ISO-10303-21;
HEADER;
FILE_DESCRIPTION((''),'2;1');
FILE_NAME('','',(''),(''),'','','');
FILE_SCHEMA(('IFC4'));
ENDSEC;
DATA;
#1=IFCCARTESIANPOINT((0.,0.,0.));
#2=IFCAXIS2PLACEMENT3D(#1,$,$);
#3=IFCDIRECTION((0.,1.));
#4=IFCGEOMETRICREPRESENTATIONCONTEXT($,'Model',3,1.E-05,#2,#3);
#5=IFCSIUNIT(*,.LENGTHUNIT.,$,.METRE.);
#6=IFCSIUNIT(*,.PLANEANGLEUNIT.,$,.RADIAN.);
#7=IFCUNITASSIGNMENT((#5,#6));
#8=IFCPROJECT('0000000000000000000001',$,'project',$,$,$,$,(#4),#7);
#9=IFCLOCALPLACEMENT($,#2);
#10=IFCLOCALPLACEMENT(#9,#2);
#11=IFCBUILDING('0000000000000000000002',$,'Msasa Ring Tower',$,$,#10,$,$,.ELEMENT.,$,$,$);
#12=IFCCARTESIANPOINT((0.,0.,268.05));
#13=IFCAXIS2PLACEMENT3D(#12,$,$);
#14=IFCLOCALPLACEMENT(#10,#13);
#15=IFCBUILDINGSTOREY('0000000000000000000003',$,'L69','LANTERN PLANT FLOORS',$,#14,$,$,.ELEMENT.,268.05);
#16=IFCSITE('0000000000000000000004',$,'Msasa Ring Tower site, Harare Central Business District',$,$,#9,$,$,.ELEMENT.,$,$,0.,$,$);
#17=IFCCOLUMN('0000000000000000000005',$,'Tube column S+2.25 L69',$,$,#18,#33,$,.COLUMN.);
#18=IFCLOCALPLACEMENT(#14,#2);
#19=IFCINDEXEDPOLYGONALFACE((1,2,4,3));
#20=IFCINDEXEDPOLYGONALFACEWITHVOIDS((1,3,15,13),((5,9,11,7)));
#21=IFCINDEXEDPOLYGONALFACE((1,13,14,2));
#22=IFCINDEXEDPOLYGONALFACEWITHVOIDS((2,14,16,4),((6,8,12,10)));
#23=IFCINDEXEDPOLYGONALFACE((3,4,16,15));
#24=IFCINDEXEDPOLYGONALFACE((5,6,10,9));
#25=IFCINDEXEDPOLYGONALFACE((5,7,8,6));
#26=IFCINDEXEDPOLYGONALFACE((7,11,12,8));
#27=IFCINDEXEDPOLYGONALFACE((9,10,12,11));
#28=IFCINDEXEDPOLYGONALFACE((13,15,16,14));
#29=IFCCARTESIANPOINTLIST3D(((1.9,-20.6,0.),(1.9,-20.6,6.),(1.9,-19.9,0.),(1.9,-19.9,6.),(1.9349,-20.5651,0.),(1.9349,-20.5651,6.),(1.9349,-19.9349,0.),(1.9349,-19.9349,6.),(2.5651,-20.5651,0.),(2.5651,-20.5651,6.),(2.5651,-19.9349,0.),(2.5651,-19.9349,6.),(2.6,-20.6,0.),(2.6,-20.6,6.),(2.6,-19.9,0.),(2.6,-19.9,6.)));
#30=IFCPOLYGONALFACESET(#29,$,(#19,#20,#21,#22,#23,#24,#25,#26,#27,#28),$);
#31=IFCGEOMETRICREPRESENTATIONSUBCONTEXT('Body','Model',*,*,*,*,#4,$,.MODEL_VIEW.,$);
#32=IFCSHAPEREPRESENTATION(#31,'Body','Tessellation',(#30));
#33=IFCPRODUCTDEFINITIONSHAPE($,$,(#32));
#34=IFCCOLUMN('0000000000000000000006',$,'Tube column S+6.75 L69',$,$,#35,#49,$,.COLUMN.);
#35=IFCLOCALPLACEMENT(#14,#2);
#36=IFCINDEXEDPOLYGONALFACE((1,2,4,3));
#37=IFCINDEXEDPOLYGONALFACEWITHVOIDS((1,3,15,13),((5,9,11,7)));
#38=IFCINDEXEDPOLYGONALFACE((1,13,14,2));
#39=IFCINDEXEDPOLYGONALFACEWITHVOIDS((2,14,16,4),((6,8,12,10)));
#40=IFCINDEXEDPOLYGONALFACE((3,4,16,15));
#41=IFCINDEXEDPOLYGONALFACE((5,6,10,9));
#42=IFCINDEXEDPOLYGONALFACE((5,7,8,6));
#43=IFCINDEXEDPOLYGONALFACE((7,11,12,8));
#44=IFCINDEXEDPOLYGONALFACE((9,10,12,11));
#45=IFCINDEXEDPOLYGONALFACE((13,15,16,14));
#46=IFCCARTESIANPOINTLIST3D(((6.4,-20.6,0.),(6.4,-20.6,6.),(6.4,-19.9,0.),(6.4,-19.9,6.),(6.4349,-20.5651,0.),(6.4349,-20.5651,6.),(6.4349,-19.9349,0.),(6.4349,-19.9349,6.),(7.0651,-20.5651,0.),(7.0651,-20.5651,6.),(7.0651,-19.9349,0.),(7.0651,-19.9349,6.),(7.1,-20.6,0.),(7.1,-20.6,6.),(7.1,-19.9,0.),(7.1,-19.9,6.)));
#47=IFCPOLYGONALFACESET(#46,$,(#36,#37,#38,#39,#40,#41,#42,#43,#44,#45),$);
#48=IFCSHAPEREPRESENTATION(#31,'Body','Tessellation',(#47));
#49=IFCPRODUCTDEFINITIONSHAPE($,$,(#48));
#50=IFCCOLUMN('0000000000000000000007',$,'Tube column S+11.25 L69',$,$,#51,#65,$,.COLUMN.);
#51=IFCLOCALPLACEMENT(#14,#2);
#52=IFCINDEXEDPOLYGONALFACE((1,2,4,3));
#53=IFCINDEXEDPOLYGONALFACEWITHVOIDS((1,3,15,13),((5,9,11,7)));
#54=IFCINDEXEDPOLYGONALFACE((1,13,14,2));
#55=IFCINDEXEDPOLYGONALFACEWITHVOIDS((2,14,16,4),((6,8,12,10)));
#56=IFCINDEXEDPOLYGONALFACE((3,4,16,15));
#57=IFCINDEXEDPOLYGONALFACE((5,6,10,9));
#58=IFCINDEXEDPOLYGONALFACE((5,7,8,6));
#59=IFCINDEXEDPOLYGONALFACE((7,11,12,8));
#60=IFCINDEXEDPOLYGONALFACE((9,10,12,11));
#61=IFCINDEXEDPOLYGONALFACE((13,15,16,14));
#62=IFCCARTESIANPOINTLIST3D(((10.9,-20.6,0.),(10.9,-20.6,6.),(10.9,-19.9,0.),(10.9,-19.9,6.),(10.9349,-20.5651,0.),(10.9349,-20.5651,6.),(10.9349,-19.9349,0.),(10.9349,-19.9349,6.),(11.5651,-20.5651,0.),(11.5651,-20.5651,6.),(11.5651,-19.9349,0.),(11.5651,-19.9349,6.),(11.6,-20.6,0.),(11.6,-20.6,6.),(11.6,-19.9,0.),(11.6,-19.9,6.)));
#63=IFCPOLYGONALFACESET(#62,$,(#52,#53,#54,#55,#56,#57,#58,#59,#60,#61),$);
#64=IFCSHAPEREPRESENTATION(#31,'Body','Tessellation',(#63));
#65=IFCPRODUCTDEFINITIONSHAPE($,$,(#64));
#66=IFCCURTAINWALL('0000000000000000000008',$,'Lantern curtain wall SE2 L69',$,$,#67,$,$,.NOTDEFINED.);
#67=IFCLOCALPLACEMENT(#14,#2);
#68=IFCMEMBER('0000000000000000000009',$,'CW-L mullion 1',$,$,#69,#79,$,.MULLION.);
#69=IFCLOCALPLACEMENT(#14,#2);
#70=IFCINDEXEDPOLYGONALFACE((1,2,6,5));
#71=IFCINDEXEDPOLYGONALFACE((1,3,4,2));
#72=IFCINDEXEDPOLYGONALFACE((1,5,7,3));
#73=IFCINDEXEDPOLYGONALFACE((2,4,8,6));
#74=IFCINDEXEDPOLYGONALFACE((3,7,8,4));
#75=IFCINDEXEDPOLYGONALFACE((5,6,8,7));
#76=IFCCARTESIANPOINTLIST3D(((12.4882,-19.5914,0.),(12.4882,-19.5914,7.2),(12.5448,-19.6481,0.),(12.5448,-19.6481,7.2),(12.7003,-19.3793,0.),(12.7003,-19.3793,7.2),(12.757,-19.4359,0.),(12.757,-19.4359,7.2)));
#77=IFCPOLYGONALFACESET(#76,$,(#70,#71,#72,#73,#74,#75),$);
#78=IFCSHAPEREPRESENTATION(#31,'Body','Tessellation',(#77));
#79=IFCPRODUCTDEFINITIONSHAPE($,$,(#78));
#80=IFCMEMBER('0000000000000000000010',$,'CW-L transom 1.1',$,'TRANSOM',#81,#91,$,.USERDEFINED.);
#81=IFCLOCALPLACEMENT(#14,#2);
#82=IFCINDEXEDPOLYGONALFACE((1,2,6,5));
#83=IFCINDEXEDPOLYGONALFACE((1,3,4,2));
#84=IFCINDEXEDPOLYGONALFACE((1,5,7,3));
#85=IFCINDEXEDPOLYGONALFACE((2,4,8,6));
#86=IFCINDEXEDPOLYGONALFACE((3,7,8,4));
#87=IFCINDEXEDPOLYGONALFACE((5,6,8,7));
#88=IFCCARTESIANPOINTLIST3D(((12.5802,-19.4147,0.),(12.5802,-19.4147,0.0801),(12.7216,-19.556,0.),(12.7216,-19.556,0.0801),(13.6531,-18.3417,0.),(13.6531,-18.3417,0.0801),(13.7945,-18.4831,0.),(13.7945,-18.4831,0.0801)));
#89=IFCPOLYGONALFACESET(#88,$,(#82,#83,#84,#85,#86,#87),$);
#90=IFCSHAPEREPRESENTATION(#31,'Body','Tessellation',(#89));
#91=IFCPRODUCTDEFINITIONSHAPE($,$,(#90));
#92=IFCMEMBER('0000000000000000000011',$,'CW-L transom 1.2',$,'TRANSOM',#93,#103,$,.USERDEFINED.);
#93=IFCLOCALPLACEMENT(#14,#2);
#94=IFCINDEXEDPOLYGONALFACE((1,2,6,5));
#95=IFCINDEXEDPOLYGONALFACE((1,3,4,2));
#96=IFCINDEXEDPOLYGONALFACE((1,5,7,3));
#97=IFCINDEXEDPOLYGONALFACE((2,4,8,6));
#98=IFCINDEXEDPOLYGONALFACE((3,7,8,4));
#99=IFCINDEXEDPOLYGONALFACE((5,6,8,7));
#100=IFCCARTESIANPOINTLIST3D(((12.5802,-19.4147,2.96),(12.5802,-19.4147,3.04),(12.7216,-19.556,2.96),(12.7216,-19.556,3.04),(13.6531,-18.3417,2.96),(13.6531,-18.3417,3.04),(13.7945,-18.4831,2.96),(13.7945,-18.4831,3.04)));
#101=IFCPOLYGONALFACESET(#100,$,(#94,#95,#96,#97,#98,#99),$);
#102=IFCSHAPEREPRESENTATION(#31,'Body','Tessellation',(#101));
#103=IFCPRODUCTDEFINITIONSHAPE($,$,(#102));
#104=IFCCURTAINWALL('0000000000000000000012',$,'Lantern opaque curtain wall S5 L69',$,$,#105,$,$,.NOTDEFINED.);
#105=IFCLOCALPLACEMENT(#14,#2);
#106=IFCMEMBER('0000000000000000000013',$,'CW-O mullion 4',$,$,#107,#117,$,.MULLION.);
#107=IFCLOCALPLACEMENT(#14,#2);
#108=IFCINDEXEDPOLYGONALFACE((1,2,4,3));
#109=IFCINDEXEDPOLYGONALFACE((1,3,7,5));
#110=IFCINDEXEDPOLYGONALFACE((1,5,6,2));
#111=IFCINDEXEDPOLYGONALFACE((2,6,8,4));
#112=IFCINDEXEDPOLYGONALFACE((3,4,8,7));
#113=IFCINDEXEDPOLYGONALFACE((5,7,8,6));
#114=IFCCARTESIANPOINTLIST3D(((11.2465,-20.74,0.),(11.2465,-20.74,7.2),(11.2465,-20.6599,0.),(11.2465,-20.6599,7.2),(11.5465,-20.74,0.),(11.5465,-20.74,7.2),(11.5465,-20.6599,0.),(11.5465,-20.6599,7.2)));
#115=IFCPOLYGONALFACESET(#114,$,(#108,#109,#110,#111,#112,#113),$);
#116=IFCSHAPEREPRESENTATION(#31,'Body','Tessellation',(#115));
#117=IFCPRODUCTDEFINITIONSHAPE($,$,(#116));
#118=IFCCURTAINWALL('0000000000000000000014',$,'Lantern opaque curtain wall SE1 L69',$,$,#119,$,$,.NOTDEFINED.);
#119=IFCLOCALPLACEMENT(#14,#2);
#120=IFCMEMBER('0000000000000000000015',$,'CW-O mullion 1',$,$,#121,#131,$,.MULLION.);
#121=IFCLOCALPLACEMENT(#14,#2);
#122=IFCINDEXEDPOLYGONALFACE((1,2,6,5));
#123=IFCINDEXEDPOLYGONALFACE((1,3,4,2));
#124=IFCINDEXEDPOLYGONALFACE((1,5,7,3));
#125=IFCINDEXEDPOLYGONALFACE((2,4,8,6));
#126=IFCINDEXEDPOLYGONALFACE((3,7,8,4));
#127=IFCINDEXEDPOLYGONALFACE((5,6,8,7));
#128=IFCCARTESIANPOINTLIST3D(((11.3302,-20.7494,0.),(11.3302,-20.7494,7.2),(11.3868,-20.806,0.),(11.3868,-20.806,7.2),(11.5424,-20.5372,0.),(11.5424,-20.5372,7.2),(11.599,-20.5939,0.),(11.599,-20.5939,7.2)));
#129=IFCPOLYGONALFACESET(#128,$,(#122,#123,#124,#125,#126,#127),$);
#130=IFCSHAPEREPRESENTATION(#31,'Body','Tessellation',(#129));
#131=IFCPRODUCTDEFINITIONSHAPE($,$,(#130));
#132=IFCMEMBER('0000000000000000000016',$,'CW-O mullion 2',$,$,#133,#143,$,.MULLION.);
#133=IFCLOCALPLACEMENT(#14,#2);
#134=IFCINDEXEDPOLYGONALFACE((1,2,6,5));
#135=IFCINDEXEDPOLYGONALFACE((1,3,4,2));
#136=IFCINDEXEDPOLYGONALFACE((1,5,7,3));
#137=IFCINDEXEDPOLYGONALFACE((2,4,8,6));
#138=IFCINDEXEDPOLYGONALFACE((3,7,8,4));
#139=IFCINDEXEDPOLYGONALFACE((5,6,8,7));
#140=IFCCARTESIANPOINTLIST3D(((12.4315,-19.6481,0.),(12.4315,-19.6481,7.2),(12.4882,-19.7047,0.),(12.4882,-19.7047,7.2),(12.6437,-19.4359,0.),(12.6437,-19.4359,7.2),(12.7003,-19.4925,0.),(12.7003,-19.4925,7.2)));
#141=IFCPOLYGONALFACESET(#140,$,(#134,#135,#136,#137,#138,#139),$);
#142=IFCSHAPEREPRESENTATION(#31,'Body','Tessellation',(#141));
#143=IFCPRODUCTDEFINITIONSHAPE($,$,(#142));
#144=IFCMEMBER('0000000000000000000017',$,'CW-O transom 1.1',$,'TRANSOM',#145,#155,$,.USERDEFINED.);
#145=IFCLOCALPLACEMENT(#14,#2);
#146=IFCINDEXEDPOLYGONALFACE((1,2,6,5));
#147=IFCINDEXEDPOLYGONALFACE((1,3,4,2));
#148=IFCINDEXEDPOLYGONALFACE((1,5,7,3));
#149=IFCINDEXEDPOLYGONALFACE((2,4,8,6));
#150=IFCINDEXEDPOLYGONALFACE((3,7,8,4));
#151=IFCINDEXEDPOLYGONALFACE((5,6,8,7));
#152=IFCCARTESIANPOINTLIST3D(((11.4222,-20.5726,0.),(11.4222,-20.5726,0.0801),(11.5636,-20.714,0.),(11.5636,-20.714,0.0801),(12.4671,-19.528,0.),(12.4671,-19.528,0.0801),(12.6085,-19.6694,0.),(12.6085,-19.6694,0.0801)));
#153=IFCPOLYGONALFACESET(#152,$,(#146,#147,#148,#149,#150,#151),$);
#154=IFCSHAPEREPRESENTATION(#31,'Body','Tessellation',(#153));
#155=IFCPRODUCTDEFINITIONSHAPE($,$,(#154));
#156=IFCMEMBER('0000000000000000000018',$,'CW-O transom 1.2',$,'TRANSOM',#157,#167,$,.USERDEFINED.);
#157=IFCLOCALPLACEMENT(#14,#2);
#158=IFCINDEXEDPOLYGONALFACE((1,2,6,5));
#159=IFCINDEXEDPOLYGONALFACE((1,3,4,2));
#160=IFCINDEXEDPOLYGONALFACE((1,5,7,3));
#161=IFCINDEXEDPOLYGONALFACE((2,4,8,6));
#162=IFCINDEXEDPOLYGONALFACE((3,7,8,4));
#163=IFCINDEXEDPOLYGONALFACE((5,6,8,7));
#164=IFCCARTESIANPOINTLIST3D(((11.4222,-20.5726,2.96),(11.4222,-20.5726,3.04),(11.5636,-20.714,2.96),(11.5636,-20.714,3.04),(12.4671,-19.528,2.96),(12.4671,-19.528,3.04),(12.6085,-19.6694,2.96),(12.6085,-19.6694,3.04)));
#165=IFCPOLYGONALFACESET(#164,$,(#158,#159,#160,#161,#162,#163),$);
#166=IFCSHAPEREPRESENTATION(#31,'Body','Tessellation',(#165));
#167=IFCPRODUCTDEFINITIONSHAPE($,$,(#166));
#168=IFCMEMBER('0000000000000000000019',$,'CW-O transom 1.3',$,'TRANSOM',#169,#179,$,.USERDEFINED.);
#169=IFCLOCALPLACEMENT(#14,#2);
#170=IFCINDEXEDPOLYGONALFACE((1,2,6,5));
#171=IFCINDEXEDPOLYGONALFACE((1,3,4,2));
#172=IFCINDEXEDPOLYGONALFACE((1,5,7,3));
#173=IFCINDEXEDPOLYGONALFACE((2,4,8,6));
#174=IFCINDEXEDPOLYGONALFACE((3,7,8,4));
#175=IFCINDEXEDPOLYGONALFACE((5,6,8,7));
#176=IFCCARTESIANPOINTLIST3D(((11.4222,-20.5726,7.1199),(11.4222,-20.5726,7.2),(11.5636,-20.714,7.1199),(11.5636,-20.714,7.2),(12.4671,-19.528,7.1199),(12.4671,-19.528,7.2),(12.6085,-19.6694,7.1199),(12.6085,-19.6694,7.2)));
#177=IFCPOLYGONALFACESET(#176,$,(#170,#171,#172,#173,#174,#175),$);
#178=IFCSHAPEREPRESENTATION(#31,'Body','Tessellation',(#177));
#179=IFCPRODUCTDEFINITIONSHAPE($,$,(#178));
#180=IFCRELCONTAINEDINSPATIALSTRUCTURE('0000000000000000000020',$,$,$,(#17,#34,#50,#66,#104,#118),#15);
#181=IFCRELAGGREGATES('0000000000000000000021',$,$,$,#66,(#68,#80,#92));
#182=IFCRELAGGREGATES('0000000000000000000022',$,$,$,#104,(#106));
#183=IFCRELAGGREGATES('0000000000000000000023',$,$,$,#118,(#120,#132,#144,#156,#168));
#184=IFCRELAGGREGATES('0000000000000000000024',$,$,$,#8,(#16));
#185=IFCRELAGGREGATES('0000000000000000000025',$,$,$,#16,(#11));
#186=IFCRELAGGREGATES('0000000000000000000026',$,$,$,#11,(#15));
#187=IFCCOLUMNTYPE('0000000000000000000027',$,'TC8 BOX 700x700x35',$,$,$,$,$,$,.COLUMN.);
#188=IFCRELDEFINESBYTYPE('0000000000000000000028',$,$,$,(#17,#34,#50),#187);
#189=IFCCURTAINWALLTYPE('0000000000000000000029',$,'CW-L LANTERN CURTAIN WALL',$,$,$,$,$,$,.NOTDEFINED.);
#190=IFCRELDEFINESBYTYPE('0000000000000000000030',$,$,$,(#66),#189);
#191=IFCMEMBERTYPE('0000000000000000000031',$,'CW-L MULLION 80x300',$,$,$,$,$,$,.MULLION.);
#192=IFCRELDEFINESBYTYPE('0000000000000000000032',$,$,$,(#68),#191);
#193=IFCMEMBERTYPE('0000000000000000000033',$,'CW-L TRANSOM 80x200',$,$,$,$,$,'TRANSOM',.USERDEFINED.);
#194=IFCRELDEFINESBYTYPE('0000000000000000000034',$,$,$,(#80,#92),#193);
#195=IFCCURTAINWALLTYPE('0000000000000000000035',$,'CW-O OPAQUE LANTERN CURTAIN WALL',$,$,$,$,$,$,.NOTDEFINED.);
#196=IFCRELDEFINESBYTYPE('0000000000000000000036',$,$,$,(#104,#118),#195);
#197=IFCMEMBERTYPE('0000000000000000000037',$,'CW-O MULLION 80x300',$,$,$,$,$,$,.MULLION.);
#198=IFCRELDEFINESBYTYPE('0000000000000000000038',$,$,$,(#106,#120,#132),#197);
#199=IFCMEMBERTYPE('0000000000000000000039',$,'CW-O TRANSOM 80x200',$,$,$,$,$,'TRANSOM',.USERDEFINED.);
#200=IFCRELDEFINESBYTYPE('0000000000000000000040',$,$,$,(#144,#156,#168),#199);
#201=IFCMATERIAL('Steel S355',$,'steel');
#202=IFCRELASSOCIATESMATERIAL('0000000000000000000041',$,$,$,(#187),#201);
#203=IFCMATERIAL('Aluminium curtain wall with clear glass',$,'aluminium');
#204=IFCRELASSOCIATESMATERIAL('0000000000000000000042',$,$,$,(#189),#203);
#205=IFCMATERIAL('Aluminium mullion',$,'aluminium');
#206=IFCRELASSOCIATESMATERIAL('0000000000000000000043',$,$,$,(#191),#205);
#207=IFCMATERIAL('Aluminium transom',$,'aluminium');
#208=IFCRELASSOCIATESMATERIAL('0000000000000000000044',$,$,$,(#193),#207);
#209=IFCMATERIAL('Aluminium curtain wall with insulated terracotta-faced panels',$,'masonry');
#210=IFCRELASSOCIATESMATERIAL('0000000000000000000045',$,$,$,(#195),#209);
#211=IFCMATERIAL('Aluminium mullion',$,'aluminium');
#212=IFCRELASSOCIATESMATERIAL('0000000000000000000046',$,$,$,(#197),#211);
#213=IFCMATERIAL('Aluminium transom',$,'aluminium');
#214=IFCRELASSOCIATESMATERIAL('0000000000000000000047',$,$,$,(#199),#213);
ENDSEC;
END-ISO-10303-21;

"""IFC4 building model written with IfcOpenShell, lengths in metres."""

from ifc_helpers import new_model, si_unit, direction, frame, origin, origin_2d, place, context, subcontext, project, spatial, rectangle, hollow_rectangle, extrude, material, material_profile, profile_set, type_object, element, aggregate, save


model = new_model("IFC4")

# Units and contexts
model_context = context("Model", 3, precision=1e-05, world=origin(), true_north=direction((0.0, 1.0)))
body_context = subcontext(model_context, "Body", "Model", "MODEL_VIEW")
ifc_project = project(units=[si_unit("LENGTHUNIT", "METRE"), si_unit("PLANEANGLEUNIT", "RADIAN")], contexts=[model_context])

# Site, building, storey
site_placement = place(None, origin())
site = spatial("IfcSite", under=ifc_project, at=site_placement, Name="Msasa Ring Tower site, Harare Central Business District", CompositionType="ELEMENT", RefElevation=0.0)
building_placement = place(site_placement, origin())
building = spatial("IfcBuilding", under=site, at=building_placement, Name="Msasa Ring Tower", CompositionType="ELEMENT")
storey_placement = place(building_placement, frame((0.0, 0.0, 268.05)))
storey = spatial("IfcBuildingStorey", under=building, at=storey_placement, Name="L69", Description="LANTERN PLANT FLOORS", CompositionType="ELEMENT", Elevation=268.05)

# Columns
ifc_material_1 = material(Name="Steel S355", Category="steel")
ifc_material_profile_1 = material_profile(ifc_material_1, hollow_rectangle(XDim=0.7, YDim=0.7, WallThickness=0.0349, at=origin_2d()), Name="BOX 700x700x35")
ifc_profile_set_1 = profile_set([ifc_material_profile_1], Name="Steel S355")
column_type = type_object("IfcColumnType", Name="TC8 BOX 700x700x35", PredefinedType="COLUMN", material=ifc_profile_set_1)
for number, where, z_axis, x_axis, name in (
    (1, (2.25, -20.25, 0.0), (0.0, 0.0, 1.0), (0.0, 1.0, 0.0), "Tube column S+2.25 L69"),
    (2, (6.75, -20.25, 0.0), (0.0, 0.0, 1.0), (0.0, 1.0, 0.0), "Tube column S+6.75 L69"),
    (3, (11.25, -20.25, 0.0), (0.0, 0.0, 1.0), (0.0, 1.0, 0.0), "Tube column S+11.25 L69"),
):
    element("IfcColumn", number, at=place(storey_placement, frame(where, z_axis=z_axis, x_axis=x_axis)), inside=storey, type_object=column_type, Name=name, PredefinedType="COLUMN", context=body_context, shape_type="SweptSolid", body=[
        extrude(hollow_rectangle(XDim=0.7, YDim=0.7, WallThickness=0.0349, at=origin_2d()), origin(), (0.0, 0.0, 1.0), 6.0),
    ])

# Curtain wall, members
ifc_material_2 = material(Name="Aluminium curtain wall with clear glass", Category="aluminium")
curtain_wall_type_1 = type_object("IfcCurtainWallType", Name="CW-L LANTERN CURTAIN WALL", PredefinedType="NOTDEFINED", material=ifc_material_2)
curtain_wall_1_placement = place(storey_placement, origin())
curtain_wall_1 = element("IfcCurtainWall", 4, at=curtain_wall_1_placement, inside=storey, type_object=curtain_wall_type_1, Name="Lantern curtain wall SE2 L69", PredefinedType="NOTDEFINED")
ifc_material_3 = material(Name="Aluminium mullion", Category="aluminium")
ifc_material_profile_2 = material_profile(ifc_material_3, rectangle(XDim=0.0801, YDim=0.3, at=origin_2d()), Name="AL 80x300")
ifc_profile_set_2 = profile_set([ifc_material_profile_2], Name="Aluminium mullion")
member_type_1 = type_object("IfcMemberType", Name="CW-L MULLION 80x300", PredefinedType="MULLION", material=ifc_profile_set_2)
member_1_placement = place(storey_placement, frame((12.6226, -19.5137, 0.0), z_axis=(0.0, 0.0, 1.0), x_axis=(-0.707097, 0.707117, 0.0)))
member_1 = element("IfcMember", 5, at=member_1_placement, type_object=member_type_1, Name="CW-L mullion 1", PredefinedType="MULLION", context=body_context, shape_type="SweptSolid", body=[
    extrude(rectangle(XDim=0.0801, YDim=0.3, at=origin_2d()), origin(), (0.0, 0.0, 1.0), 7.2),
])
ifc_material_4 = material(Name="Aluminium transom", Category="aluminium")
ifc_material_profile_3 = material_profile(ifc_material_4, rectangle(XDim=0.2, YDim=0.0801, at=origin_2d()), Name="AL 80x200")
ifc_profile_set_3 = profile_set([ifc_material_profile_3], Name="Aluminium transom")
member_type_2 = type_object("IfcMemberType", Name="CW-L TRANSOM 80x200", ElementType="TRANSOM", PredefinedType="USERDEFINED", material=ifc_profile_set_3)
member_2_placement = place(storey_placement, frame((12.6509, -19.4854, 0.04), z_axis=(0.707107, 0.707107, 0.0), x_axis=(-0.707107, 0.707107, 0.0)))
member_2 = element("IfcMember", 6, at=member_2_placement, type_object=member_type_2, Name="CW-L transom 1.1", ObjectType="TRANSOM", PredefinedType="USERDEFINED", context=body_context, shape_type="SweptSolid", body=[
    extrude(rectangle(XDim=0.2, YDim=0.0801, at=origin_2d()), origin(), (0.0, 0.0, 1.0), 1.5173),
])
member_3_placement = place(storey_placement, frame((12.6509, -19.4854, 3.0), z_axis=(0.707107, 0.707107, 0.0), x_axis=(-0.707107, 0.707107, 0.0)))
member_3 = element("IfcMember", 7, at=member_3_placement, type_object=member_type_2, Name="CW-L transom 1.2", ObjectType="TRANSOM", PredefinedType="USERDEFINED", context=body_context, shape_type="SweptSolid", body=[
    extrude(rectangle(XDim=0.2, YDim=0.0801, at=origin_2d()), origin(), (0.0, 0.0, 1.0), 1.5173),
])
aggregate(curtain_wall_1, [member_1, member_2, member_3])

# Curtain wall, member
ifc_material_5 = material(Name="Aluminium curtain wall with insulated terracotta-faced panels", Category="masonry")
curtain_wall_type_2 = type_object("IfcCurtainWallType", Name="CW-O OPAQUE LANTERN CURTAIN WALL", PredefinedType="NOTDEFINED", material=ifc_material_5)
curtain_wall_2_placement = place(storey_placement, origin())
curtain_wall_2 = element("IfcCurtainWall", 8, at=curtain_wall_2_placement, inside=storey, type_object=curtain_wall_type_2, Name="Lantern opaque curtain wall S5 L69", PredefinedType="NOTDEFINED")
ifc_material_6 = material(Name="Aluminium mullion", Category="aluminium")
ifc_material_profile_4 = material_profile(ifc_material_6, rectangle(XDim=0.0801, YDim=0.3, at=origin_2d()), Name="AL 80x300")
ifc_profile_set_4 = profile_set([ifc_material_profile_4], Name="Aluminium mullion")
member_type_3 = type_object("IfcMemberType", Name="CW-O MULLION 80x300", PredefinedType="MULLION", material=ifc_profile_set_4)
member_4_placement = place(storey_placement, frame((11.3965, -20.7, 0.0), z_axis=(0.0, 0.0, 1.0), x_axis=(0.0, 1.0, 0.0)))
member_4 = element("IfcMember", 9, at=member_4_placement, type_object=member_type_3, Name="CW-O mullion 4", PredefinedType="MULLION", context=body_context, shape_type="SweptSolid", body=[
    extrude(rectangle(XDim=0.0801, YDim=0.3, at=origin_2d()), origin(), (0.0, 0.0, 1.0), 7.2),
])

# Curtain wall, members
curtain_wall_3_placement = place(storey_placement, origin())
curtain_wall_3 = element("IfcCurtainWall", 10, at=curtain_wall_3_placement, inside=storey, type_object=curtain_wall_type_2, Name="Lantern opaque curtain wall SE1 L69", PredefinedType="NOTDEFINED")
member_5_placement = place(storey_placement, frame((11.4646, -20.6716, 0.0), z_axis=(0.0, 0.0, 1.0), x_axis=(-0.707137, 0.707076, 0.0)))
member_5 = element("IfcMember", 11, at=member_5_placement, type_object=member_type_3, Name="CW-O mullion 1", PredefinedType="MULLION", context=body_context, shape_type="SweptSolid", body=[
    extrude(rectangle(XDim=0.0801, YDim=0.3, at=origin_2d()), origin(), (0.0, 0.0, 1.0), 7.2),
])
member_6_placement = place(storey_placement, frame((12.5659, -19.5703, 0.0), z_axis=(0.0, 0.0, 1.0), x_axis=(-0.707137, 0.707076, 0.0)))
member_6 = element("IfcMember", 12, at=member_6_placement, type_object=member_type_3, Name="CW-O mullion 2", PredefinedType="MULLION", context=body_context, shape_type="SweptSolid", body=[
    extrude(rectangle(XDim=0.0801, YDim=0.3, at=origin_2d()), origin(), (0.0, 0.0, 1.0), 7.2),
])
ifc_material_7 = material(Name="Aluminium transom", Category="aluminium")
ifc_material_profile_5 = material_profile(ifc_material_7, rectangle(XDim=0.2, YDim=0.0801, at=origin_2d()), Name="AL 80x200")
ifc_profile_set_5 = profile_set([ifc_material_profile_5], Name="Aluminium transom")
member_type_4 = type_object("IfcMemberType", Name="CW-O TRANSOM 80x200", ElementType="TRANSOM", PredefinedType="USERDEFINED", material=ifc_profile_set_5)
member_7_placement = place(storey_placement, frame((11.4929, -20.6433, 0.04), z_axis=(0.707189, 0.707024, 0.0), x_axis=(-0.707024, 0.707189, 0.0)))
member_7 = element("IfcMember", 13, at=member_7_placement, type_object=member_type_4, Name="CW-O transom 1.1", ObjectType="TRANSOM", PredefinedType="USERDEFINED", context=body_context, shape_type="SweptSolid", body=[
    extrude(rectangle(XDim=0.2, YDim=0.0801, at=origin_2d()), origin(), (0.0, 0.0, 1.0), 1.4775),
])
member_8_placement = place(storey_placement, frame((11.4929, -20.6433, 3.0), z_axis=(0.707189, 0.707024, 0.0), x_axis=(-0.707024, 0.707189, 0.0)))
member_8 = element("IfcMember", 14, at=member_8_placement, type_object=member_type_4, Name="CW-O transom 1.2", ObjectType="TRANSOM", PredefinedType="USERDEFINED", context=body_context, shape_type="SweptSolid", body=[
    extrude(rectangle(XDim=0.2, YDim=0.0801, at=origin_2d()), origin(), (0.0, 0.0, 1.0), 1.4775),
])
member_9_placement = place(storey_placement, frame((11.4929, -20.6433, 7.1599), z_axis=(0.707189, 0.707024, 0.0), x_axis=(-0.707024, 0.707189, 0.0)))
member_9 = element("IfcMember", 15, at=member_9_placement, type_object=member_type_4, Name="CW-O transom 1.3", ObjectType="TRANSOM", PredefinedType="USERDEFINED", context=body_context, shape_type="SweptSolid", body=[
    extrude(rectangle(XDim=0.2, YDim=0.0801, at=origin_2d()), origin(), (0.0, 0.0, 1.0), 1.4775),
])

aggregate(curtain_wall_2, [member_4])
aggregate(curtain_wall_3, [member_5, member_6, member_7, member_8, member_9])

save(model, "model.ifc")
